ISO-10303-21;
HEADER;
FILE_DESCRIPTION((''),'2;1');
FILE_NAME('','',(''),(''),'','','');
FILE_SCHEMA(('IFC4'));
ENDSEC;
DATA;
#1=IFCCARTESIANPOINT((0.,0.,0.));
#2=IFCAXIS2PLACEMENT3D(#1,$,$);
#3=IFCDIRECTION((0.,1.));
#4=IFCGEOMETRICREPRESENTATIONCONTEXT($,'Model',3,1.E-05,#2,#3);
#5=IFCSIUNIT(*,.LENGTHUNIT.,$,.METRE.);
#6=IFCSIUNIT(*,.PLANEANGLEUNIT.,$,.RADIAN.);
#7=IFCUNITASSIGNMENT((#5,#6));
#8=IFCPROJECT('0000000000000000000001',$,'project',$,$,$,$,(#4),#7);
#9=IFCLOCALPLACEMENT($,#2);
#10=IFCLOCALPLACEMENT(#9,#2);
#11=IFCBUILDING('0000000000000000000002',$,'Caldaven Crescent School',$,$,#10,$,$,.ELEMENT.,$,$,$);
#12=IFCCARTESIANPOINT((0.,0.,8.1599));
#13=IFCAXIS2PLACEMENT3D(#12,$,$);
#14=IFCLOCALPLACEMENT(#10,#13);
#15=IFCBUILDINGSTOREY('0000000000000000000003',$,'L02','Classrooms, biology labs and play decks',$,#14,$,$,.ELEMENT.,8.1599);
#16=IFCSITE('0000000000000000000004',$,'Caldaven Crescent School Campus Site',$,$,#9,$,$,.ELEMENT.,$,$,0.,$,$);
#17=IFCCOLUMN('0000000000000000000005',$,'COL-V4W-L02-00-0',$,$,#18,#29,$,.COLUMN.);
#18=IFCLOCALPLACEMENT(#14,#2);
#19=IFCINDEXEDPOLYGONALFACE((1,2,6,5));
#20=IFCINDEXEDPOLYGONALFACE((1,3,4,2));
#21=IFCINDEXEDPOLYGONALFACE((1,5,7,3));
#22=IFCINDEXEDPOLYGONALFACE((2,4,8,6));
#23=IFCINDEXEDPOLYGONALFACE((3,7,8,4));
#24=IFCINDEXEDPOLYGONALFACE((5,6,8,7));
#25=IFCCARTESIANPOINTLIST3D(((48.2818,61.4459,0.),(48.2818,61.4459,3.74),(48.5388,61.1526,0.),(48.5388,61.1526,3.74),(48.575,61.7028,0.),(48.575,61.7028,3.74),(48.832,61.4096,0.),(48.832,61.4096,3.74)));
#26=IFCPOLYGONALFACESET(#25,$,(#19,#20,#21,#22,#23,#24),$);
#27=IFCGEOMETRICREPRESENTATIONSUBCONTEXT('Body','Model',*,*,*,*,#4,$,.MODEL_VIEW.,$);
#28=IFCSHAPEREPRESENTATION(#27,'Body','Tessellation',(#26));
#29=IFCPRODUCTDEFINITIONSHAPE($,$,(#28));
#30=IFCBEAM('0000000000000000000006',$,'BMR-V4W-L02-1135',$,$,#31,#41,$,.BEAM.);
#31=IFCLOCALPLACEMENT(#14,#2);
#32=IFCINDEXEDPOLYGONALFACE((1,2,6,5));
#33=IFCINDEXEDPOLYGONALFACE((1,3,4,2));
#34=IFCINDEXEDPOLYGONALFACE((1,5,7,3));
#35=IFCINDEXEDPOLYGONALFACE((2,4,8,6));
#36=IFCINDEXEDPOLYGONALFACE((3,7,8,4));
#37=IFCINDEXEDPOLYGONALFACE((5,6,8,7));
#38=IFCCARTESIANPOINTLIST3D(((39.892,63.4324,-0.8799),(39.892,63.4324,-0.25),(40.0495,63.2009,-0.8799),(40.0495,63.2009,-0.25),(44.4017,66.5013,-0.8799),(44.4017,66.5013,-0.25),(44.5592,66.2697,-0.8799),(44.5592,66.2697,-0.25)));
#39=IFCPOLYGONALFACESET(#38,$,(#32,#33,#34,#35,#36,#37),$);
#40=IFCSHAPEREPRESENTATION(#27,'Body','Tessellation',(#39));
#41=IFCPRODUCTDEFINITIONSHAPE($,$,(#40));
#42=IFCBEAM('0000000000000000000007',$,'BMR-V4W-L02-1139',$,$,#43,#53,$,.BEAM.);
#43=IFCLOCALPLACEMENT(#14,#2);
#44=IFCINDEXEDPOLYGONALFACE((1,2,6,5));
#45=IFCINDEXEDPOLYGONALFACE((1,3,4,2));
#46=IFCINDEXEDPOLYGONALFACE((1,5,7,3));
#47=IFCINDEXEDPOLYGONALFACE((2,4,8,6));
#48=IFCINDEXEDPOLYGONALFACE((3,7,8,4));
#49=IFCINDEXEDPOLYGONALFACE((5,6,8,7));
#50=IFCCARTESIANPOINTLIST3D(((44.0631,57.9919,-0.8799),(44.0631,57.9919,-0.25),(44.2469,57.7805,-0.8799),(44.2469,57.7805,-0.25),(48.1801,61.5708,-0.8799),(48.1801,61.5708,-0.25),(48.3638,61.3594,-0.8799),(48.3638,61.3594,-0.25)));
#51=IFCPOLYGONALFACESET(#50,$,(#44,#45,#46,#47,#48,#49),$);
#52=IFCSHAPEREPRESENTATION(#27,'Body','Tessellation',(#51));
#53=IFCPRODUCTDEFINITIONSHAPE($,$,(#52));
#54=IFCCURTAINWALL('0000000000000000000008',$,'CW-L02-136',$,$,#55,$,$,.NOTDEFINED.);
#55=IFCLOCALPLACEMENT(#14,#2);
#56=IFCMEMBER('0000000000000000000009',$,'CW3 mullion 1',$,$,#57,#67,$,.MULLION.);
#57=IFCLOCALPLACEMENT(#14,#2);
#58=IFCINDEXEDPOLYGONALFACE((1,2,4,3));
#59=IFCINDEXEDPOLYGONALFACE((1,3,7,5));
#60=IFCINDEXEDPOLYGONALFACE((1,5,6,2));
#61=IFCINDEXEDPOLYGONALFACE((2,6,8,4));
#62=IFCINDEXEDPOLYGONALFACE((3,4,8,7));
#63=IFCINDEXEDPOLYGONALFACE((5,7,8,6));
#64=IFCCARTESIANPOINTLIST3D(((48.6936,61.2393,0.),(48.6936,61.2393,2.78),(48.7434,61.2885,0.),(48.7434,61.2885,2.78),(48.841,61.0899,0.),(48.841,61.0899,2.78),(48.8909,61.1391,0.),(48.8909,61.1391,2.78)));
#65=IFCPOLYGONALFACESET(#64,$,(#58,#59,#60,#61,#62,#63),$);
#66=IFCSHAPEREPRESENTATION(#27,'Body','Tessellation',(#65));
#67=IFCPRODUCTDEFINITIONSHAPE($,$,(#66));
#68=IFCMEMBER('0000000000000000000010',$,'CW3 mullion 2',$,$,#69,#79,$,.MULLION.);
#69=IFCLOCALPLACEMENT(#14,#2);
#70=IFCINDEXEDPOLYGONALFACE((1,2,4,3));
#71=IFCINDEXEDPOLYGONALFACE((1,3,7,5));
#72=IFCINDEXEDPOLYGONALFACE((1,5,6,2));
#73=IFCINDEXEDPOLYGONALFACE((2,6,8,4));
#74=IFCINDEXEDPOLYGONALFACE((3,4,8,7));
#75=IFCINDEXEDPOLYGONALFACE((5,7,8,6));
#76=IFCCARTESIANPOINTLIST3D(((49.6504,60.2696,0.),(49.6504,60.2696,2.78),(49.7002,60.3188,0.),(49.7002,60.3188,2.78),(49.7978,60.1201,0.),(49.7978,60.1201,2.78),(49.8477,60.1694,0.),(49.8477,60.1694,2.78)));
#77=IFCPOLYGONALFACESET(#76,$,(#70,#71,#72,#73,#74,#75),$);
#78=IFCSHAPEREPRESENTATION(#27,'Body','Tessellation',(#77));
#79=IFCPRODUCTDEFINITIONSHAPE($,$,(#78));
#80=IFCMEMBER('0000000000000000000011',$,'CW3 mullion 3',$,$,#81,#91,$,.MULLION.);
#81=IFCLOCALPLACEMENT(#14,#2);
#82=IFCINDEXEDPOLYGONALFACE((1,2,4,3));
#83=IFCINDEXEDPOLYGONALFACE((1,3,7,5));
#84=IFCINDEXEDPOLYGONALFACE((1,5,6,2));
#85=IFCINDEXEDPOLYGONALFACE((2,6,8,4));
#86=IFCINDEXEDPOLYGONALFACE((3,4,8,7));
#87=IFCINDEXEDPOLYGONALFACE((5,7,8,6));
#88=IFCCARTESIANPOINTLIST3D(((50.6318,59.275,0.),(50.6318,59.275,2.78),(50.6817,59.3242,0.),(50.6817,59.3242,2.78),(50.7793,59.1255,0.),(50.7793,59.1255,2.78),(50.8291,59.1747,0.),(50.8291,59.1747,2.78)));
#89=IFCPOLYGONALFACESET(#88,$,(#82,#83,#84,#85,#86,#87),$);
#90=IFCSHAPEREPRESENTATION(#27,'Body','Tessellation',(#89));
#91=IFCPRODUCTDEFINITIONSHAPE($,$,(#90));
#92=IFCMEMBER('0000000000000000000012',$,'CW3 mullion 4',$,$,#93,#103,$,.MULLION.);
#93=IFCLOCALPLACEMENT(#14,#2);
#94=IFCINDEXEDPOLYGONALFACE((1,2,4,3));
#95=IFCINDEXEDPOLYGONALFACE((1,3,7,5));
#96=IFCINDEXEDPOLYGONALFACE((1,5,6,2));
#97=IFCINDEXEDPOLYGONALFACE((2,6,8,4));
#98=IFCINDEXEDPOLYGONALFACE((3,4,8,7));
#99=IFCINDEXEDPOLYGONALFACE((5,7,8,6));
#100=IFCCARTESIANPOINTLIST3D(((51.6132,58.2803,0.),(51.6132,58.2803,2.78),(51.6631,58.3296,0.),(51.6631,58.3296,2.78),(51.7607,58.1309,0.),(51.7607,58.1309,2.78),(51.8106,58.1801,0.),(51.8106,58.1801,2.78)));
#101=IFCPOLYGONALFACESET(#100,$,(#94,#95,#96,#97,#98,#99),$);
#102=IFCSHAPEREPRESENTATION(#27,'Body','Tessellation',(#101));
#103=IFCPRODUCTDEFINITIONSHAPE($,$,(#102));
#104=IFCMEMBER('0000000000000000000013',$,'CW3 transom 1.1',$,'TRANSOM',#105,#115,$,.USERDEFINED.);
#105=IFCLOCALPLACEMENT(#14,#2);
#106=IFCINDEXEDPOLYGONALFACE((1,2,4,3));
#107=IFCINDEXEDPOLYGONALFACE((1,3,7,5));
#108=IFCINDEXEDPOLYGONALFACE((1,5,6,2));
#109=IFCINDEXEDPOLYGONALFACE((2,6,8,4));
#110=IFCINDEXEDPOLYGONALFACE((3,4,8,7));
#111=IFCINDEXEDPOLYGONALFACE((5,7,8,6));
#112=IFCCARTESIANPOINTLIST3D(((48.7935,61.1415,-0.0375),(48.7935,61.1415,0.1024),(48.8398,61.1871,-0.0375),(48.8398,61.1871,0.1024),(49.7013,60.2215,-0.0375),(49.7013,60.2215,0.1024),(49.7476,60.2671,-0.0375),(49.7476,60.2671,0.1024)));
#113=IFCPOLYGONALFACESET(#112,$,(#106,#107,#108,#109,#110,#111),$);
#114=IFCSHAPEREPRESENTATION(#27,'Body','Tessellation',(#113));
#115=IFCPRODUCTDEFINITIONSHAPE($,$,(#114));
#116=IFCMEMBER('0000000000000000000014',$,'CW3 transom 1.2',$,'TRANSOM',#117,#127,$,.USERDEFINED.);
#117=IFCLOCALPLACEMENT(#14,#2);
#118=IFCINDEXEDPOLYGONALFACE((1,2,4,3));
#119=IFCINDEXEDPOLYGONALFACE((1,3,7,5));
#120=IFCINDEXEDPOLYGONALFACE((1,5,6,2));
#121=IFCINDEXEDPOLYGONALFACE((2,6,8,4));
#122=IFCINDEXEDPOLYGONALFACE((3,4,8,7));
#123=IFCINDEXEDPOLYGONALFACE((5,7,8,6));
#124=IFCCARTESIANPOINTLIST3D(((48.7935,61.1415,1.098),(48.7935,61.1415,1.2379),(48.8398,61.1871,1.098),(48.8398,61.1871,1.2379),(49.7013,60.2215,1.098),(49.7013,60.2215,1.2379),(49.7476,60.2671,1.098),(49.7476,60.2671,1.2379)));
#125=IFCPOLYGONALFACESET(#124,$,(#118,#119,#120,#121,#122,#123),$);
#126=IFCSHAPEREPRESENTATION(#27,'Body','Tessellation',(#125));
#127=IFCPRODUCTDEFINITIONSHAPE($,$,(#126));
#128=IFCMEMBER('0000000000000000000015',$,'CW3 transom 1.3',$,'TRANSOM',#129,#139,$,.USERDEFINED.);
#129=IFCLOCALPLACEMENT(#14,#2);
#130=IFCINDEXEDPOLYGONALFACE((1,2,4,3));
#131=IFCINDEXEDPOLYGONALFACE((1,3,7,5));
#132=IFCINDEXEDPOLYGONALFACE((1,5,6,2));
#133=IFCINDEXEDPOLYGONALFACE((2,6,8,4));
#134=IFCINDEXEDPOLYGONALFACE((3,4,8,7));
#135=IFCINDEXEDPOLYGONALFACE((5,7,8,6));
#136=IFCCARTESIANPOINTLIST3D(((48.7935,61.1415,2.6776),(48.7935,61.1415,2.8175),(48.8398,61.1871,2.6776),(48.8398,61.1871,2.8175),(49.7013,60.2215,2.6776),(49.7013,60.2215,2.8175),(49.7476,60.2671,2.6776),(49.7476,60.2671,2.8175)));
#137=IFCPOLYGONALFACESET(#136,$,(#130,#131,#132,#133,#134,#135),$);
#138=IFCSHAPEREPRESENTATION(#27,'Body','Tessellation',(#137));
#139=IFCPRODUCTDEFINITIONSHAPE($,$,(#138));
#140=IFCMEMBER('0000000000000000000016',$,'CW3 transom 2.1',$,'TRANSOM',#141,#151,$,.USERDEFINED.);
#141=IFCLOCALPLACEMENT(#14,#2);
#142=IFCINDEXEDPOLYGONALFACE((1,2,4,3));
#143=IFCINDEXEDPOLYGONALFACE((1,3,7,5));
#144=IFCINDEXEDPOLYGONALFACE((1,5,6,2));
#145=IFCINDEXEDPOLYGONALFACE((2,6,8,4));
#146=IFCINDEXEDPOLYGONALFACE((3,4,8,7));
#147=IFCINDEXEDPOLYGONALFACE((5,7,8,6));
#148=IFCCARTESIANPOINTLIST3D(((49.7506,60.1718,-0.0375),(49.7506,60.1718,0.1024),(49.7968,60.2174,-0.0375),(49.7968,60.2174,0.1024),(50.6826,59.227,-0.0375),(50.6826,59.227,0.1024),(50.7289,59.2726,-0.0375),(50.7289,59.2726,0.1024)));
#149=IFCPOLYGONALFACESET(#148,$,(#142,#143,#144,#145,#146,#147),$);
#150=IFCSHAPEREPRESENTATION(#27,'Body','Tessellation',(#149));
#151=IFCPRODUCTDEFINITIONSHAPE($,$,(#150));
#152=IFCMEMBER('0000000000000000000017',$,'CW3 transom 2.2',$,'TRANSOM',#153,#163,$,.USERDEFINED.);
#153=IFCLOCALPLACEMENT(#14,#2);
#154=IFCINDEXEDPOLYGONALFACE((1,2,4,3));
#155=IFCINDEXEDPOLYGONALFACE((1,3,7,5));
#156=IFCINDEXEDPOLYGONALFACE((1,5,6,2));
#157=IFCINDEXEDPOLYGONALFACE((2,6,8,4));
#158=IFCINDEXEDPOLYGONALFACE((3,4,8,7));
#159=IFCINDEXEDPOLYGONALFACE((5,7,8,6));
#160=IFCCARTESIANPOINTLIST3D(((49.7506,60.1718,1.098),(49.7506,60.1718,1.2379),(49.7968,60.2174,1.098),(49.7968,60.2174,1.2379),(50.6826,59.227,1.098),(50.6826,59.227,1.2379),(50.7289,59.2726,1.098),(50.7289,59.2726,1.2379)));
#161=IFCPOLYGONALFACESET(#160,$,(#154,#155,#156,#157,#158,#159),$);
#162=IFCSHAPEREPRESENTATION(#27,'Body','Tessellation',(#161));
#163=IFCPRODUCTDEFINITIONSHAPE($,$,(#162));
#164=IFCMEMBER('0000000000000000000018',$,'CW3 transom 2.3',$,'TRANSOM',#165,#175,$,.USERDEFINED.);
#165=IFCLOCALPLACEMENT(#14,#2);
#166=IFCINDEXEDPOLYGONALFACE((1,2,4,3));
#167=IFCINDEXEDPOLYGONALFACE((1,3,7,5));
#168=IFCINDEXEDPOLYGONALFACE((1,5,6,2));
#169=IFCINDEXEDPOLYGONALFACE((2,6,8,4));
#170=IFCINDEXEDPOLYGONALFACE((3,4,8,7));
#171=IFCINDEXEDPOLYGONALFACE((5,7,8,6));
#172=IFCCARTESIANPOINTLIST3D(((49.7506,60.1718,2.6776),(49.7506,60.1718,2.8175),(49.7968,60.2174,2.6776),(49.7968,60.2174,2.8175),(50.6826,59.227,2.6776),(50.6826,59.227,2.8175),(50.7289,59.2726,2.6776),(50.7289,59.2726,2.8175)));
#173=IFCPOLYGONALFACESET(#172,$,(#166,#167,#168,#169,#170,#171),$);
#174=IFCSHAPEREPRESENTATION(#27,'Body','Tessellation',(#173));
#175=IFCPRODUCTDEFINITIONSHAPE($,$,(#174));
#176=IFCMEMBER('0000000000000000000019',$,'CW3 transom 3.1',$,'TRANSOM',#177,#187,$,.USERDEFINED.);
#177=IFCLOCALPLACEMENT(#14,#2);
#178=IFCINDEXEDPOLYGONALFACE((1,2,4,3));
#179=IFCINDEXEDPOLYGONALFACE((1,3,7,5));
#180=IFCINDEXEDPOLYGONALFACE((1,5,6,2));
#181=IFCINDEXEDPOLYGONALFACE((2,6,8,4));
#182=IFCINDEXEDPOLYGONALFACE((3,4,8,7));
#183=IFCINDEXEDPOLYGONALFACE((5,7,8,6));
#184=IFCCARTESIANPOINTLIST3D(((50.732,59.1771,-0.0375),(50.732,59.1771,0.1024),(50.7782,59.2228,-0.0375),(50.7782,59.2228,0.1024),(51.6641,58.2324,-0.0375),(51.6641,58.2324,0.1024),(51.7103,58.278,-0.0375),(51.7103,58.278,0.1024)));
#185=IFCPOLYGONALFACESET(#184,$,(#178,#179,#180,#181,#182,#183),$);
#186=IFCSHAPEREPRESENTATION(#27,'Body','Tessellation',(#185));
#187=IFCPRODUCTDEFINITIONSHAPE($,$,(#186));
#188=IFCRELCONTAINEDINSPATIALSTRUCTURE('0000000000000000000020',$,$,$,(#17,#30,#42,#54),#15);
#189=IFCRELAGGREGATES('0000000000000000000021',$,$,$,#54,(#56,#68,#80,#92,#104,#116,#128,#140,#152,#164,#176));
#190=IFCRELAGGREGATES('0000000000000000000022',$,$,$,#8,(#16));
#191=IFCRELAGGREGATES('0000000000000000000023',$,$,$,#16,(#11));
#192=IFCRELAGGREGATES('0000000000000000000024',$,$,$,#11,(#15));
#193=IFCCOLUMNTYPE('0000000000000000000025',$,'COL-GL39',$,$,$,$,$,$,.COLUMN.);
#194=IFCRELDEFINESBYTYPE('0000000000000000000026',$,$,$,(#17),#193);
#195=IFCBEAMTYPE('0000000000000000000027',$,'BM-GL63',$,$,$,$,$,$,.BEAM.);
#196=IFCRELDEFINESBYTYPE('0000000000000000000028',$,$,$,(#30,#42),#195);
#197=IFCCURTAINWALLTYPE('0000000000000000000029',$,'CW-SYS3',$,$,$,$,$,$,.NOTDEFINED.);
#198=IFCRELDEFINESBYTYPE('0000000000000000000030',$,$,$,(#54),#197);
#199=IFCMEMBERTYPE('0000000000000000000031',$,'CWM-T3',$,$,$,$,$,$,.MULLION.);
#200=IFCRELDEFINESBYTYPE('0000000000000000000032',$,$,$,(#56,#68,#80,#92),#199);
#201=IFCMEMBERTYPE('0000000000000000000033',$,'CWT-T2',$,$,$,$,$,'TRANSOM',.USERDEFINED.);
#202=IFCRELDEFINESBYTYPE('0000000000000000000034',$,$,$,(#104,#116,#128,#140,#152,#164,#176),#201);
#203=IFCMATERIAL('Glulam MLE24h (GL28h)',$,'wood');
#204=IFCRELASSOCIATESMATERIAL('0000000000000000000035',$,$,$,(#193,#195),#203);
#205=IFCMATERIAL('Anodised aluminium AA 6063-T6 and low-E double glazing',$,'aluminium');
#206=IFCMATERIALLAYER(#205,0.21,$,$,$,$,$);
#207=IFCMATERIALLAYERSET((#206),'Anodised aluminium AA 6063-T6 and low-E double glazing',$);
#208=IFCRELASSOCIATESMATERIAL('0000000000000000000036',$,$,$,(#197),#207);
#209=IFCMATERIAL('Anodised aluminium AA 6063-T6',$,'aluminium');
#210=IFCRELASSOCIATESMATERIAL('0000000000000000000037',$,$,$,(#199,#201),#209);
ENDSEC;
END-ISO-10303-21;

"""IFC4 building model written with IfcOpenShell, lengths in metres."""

from ifc_helpers import new_model, si_unit, direction, frame, origin, origin_2d, place, context, subcontext, project, spatial, rectangle, extrude, material, layer, layer_set, material_profile, profile_set, type_object, element, aggregate, save


model = new_model("IFC4")

# Units and contexts
model_context = context("Model", 3, precision=1e-05, world=origin(), true_north=direction((0.0, 1.0)))
body_context = subcontext(model_context, "Body", "Model", "MODEL_VIEW")
ifc_project = project(units=[si_unit("LENGTHUNIT", "METRE"), si_unit("PLANEANGLEUNIT", "RADIAN")], contexts=[model_context])

# Site, building, storey
site_placement = place(None, origin())
site = spatial("IfcSite", under=ifc_project, at=site_placement, Name="Caldaven Crescent School Campus Site", CompositionType="ELEMENT", RefElevation=0.0)
building_placement = place(site_placement, origin())
building = spatial("IfcBuilding", under=site, at=building_placement, Name="Caldaven Crescent School", CompositionType="ELEMENT")
storey_placement = place(building_placement, frame((0.0, 0.0, 8.1599)))
storey = spatial("IfcBuildingStorey", under=building, at=storey_placement, Name="L02", Description="Classrooms, biology labs and play decks", CompositionType="ELEMENT", Elevation=8.1599)

# Column
ifc_material_1 = material(Name="Glulam MLE24h (GL28h)", Category="wood")
ifc_material_profile_1 = material_profile(ifc_material_1, rectangle(XDim=0.3899, YDim=0.3899, at=origin_2d()), Name="MLE 390x390")
ifc_profile_set_1 = profile_set([ifc_material_profile_1], Name="Glulam MLE24h (GL28h)")
column_type = type_object("IfcColumnType", Name="COL-GL39", PredefinedType="COLUMN", material=ifc_profile_set_1)
column_placement = place(storey_placement, frame((48.5569, 61.4277, 0.0), z_axis=(0.0, 0.0, 1.0), x_axis=(-0.75207, -0.659083, 0.0)))
element("IfcColumn", 1, at=column_placement, inside=storey, type_object=column_type, Name="COL-V4W-L02-00-0", PredefinedType="COLUMN", context=body_context, shape_type="SweptSolid", body=[
    extrude(rectangle(XDim=0.3899, YDim=0.3899, at=origin_2d()), origin(), (0.0, 0.0, 1.0), 3.74),
])

# Beams
ifc_material_profile_2 = material_profile(ifc_material_1, rectangle(XDim=0.28, YDim=0.6299, at=origin_2d()), Name="MLE 280x630")
ifc_profile_set_2 = profile_set([ifc_material_profile_2], Name="Glulam MLE24h (GL28h)")
beam_type_1 = type_object("IfcBeamType", Name="BM-GL63", PredefinedType="BEAM", material=ifc_profile_set_2)
beam_1_placement = place(storey_placement, frame((44.4805, 66.3855, -0.5649), z_axis=(-0.826738, -0.562587, 0.0), x_axis=(0.562587, -0.826738, 0.0)))
element("IfcBeam", 2, at=beam_1_placement, inside=storey, type_object=beam_type_1, Name="BMR-V4W-L02-1135", PredefinedType="BEAM", context=body_context, shape_type="SweptSolid", body=[
    extrude(rectangle(XDim=0.28, YDim=0.6299, at=origin_2d()), origin(), (0.0, 0.0, 1.0), 5.4548),
])
beam_2_placement = place(storey_placement, frame((48.272, 61.4651, -0.5649), z_axis=(-0.754705, -0.656065, 0.0), x_axis=(0.656065, -0.754705, 0.0)))
element("IfcBeam", 3, at=beam_2_placement, inside=storey, type_object=beam_type_1, Name="BMR-V4W-L02-1139", PredefinedType="BEAM", context=body_context, shape_type="SweptSolid", body=[
    extrude(rectangle(XDim=0.28, YDim=0.6299, at=origin_2d()), origin(), (0.0, 0.0, 1.0), 5.4551),
])

# Curtain wall, members
ifc_material_2 = material(Name="Anodised aluminium AA 6063-T6 and low-E double glazing", Category="aluminium")
ifc_layer_1 = layer(ifc_material_2, 0.21)
ifc_layer_set_1 = layer_set([ifc_layer_1], Name="Anodised aluminium AA 6063-T6 and low-E double glazing")
curtain_wall_type = type_object("IfcCurtainWallType", Name="CW-SYS3", PredefinedType="NOTDEFINED", material=ifc_layer_set_1)
curtain_wall_placement = place(storey_placement, origin())
curtain_wall = element("IfcCurtainWall", 4, at=curtain_wall_placement, inside=storey, type_object=curtain_wall_type, Name="CW-L02-136", PredefinedType="NOTDEFINED")
ifc_material_3 = material(Name="Anodised aluminium AA 6063-T6", Category="aluminium")
ifc_material_profile_3 = material_profile(ifc_material_3, rectangle(XDim=0.0701, YDim=0.21, at=origin_2d()), Name="CWM 70x210")
ifc_profile_set_3 = profile_set([ifc_material_profile_3], Name="Anodised aluminium AA 6063-T6")
member_type_1 = type_object("IfcMemberType", Name="CWM-T3", PredefinedType="MULLION", material=ifc_profile_set_3)
member_1_placement = place(storey_placement, frame((48.7922, 61.1892, 0.0), z_axis=(0.0, 0.0, 1.0), x_axis=(0.711812, 0.70237, 0.0)))
member_1 = element("IfcMember", 5, at=member_1_placement, type_object=member_type_1, Name="CW3 mullion 1", PredefinedType="MULLION", context=body_context, shape_type="SweptSolid", body=[
    extrude(rectangle(XDim=0.0701, YDim=0.21, at=origin_2d()), origin(), (0.0, 0.0, 1.0), 2.78),
])
member_2_placement = place(storey_placement, frame((49.749, 60.2195, 0.0), z_axis=(0.0, 0.0, 1.0), x_axis=(0.711812, 0.70237, 0.0)))
member_2 = element("IfcMember", 6, at=member_2_placement, type_object=member_type_1, Name="CW3 mullion 2", PredefinedType="MULLION", context=body_context, shape_type="SweptSolid", body=[
    extrude(rectangle(XDim=0.0701, YDim=0.21, at=origin_2d()), origin(), (0.0, 0.0, 1.0), 2.78),
])
member_3_placement = place(storey_placement, frame((50.7305, 59.2249, 0.0), z_axis=(0.0, 0.0, 1.0), x_axis=(0.711812, 0.70237, 0.0)))
member_3 = element("IfcMember", 7, at=member_3_placement, type_object=member_type_1, Name="CW3 mullion 3", PredefinedType="MULLION", context=body_context, shape_type="SweptSolid", body=[
    extrude(rectangle(XDim=0.0701, YDim=0.21, at=origin_2d()), origin(), (0.0, 0.0, 1.0), 2.78),
])
member_4_placement = place(storey_placement, frame((51.7119, 58.2302, 0.0), z_axis=(0.0, 0.0, 1.0), x_axis=(0.711812, 0.70237, 0.0)))
member_4 = element("IfcMember", 8, at=member_4_placement, type_object=member_type_1, Name="CW3 mullion 4", PredefinedType="MULLION", context=body_context, shape_type="SweptSolid", body=[
    extrude(rectangle(XDim=0.0701, YDim=0.21, at=origin_2d()), origin(), (0.0, 0.0, 1.0), 2.78),
])
ifc_material_profile_4 = material_profile(ifc_material_3, rectangle(XDim=0.0649, YDim=0.1399, at=origin_2d()), Name="CWT 65x140")
ifc_profile_set_4 = profile_set([ifc_material_profile_4], Name="Anodised aluminium AA 6063-T6")
member_type_2 = type_object("IfcMemberType", Name="CWT-T2", ElementType="TRANSOM", PredefinedType="USERDEFINED", material=ifc_profile_set_4)
member_5_placement = place(storey_placement, frame((48.8167, 61.1643, 0.0325), z_axis=(0.702368, -0.711814, 0.0), x_axis=(0.711814, 0.702368, 0.0)))
member_5 = element("IfcMember", 9, at=member_5_placement, type_object=member_type_2, Name="CW3 transom 1.1", ObjectType="TRANSOM", PredefinedType="USERDEFINED", context=body_context, shape_type="SweptSolid", body=[
    extrude(rectangle(XDim=0.0649, YDim=0.1399, at=origin_2d()), origin(), (0.0, 0.0, 1.0), 1.2925),
])
member_6_placement = place(storey_placement, frame((48.8167, 61.1643, 1.168), z_axis=(0.702368, -0.711814, 0.0), x_axis=(0.711814, 0.702368, 0.0)))
member_6 = element("IfcMember", 10, at=member_6_placement, type_object=member_type_2, Name="CW3 transom 1.2", ObjectType="TRANSOM", PredefinedType="USERDEFINED", context=body_context, shape_type="SweptSolid", body=[
    extrude(rectangle(XDim=0.0649, YDim=0.1399, at=origin_2d()), origin(), (0.0, 0.0, 1.0), 1.2925),
])
member_7_placement = place(storey_placement, frame((48.8167, 61.1643, 2.7476), z_axis=(0.702368, -0.711814, 0.0), x_axis=(0.711814, 0.702368, 0.0)))
member_7 = element("IfcMember", 11, at=member_7_placement, type_object=member_type_2, Name="CW3 transom 1.3", ObjectType="TRANSOM", PredefinedType="USERDEFINED", context=body_context, shape_type="SweptSolid", body=[
    extrude(rectangle(XDim=0.0649, YDim=0.1399, at=origin_2d()), origin(), (0.0, 0.0, 1.0), 1.2925),
])
member_8_placement = place(storey_placement, frame((49.7737, 60.1946, 0.0325), z_axis=(0.702308, -0.711873, 0.0), x_axis=(0.711873, 0.702308, 0.0)))
member_8 = element("IfcMember", 12, at=member_8_placement, type_object=member_type_2, Name="CW3 transom 2.1", ObjectType="TRANSOM", PredefinedType="USERDEFINED", context=body_context, shape_type="SweptSolid", body=[
    extrude(rectangle(XDim=0.0649, YDim=0.1399, at=origin_2d()), origin(), (0.0, 0.0, 1.0), 1.3271),
])
member_9_placement = place(storey_placement, frame((49.7737, 60.1946, 1.168), z_axis=(0.702308, -0.711873, 0.0), x_axis=(0.711873, 0.702308, 0.0)))
member_9 = element("IfcMember", 13, at=member_9_placement, type_object=member_type_2, Name="CW3 transom 2.2", ObjectType="TRANSOM", PredefinedType="USERDEFINED", context=body_context, shape_type="SweptSolid", body=[
    extrude(rectangle(XDim=0.0649, YDim=0.1399, at=origin_2d()), origin(), (0.0, 0.0, 1.0), 1.3271),
])
member_10_placement = place(storey_placement, frame((49.7737, 60.1946, 2.7476), z_axis=(0.702308, -0.711873, 0.0), x_axis=(0.711873, 0.702308, 0.0)))
member_10 = element("IfcMember", 14, at=member_10_placement, type_object=member_type_2, Name="CW3 transom 2.3", ObjectType="TRANSOM", PredefinedType="USERDEFINED", context=body_context, shape_type="SweptSolid", body=[
    extrude(rectangle(XDim=0.0649, YDim=0.1399, at=origin_2d()), origin(), (0.0, 0.0, 1.0), 1.3271),
])
member_11_placement = place(storey_placement, frame((50.7551, 59.2, 0.0325), z_axis=(0.702308, -0.711873, 0.0), x_axis=(0.711873, 0.702308, 0.0)))
member_11 = element("IfcMember", 15, at=member_11_placement, type_object=member_type_2, Name="CW3 transom 3.1", ObjectType="TRANSOM", PredefinedType="USERDEFINED", context=body_context, shape_type="SweptSolid", body=[
    extrude(rectangle(XDim=0.0649, YDim=0.1399, at=origin_2d()), origin(), (0.0, 0.0, 1.0), 1.3271),
])

aggregate(curtain_wall, [member_1, member_2, member_3, member_4, member_5, member_6, member_7, member_8, member_9, member_10, member_11])

save(model, "model.ifc")
